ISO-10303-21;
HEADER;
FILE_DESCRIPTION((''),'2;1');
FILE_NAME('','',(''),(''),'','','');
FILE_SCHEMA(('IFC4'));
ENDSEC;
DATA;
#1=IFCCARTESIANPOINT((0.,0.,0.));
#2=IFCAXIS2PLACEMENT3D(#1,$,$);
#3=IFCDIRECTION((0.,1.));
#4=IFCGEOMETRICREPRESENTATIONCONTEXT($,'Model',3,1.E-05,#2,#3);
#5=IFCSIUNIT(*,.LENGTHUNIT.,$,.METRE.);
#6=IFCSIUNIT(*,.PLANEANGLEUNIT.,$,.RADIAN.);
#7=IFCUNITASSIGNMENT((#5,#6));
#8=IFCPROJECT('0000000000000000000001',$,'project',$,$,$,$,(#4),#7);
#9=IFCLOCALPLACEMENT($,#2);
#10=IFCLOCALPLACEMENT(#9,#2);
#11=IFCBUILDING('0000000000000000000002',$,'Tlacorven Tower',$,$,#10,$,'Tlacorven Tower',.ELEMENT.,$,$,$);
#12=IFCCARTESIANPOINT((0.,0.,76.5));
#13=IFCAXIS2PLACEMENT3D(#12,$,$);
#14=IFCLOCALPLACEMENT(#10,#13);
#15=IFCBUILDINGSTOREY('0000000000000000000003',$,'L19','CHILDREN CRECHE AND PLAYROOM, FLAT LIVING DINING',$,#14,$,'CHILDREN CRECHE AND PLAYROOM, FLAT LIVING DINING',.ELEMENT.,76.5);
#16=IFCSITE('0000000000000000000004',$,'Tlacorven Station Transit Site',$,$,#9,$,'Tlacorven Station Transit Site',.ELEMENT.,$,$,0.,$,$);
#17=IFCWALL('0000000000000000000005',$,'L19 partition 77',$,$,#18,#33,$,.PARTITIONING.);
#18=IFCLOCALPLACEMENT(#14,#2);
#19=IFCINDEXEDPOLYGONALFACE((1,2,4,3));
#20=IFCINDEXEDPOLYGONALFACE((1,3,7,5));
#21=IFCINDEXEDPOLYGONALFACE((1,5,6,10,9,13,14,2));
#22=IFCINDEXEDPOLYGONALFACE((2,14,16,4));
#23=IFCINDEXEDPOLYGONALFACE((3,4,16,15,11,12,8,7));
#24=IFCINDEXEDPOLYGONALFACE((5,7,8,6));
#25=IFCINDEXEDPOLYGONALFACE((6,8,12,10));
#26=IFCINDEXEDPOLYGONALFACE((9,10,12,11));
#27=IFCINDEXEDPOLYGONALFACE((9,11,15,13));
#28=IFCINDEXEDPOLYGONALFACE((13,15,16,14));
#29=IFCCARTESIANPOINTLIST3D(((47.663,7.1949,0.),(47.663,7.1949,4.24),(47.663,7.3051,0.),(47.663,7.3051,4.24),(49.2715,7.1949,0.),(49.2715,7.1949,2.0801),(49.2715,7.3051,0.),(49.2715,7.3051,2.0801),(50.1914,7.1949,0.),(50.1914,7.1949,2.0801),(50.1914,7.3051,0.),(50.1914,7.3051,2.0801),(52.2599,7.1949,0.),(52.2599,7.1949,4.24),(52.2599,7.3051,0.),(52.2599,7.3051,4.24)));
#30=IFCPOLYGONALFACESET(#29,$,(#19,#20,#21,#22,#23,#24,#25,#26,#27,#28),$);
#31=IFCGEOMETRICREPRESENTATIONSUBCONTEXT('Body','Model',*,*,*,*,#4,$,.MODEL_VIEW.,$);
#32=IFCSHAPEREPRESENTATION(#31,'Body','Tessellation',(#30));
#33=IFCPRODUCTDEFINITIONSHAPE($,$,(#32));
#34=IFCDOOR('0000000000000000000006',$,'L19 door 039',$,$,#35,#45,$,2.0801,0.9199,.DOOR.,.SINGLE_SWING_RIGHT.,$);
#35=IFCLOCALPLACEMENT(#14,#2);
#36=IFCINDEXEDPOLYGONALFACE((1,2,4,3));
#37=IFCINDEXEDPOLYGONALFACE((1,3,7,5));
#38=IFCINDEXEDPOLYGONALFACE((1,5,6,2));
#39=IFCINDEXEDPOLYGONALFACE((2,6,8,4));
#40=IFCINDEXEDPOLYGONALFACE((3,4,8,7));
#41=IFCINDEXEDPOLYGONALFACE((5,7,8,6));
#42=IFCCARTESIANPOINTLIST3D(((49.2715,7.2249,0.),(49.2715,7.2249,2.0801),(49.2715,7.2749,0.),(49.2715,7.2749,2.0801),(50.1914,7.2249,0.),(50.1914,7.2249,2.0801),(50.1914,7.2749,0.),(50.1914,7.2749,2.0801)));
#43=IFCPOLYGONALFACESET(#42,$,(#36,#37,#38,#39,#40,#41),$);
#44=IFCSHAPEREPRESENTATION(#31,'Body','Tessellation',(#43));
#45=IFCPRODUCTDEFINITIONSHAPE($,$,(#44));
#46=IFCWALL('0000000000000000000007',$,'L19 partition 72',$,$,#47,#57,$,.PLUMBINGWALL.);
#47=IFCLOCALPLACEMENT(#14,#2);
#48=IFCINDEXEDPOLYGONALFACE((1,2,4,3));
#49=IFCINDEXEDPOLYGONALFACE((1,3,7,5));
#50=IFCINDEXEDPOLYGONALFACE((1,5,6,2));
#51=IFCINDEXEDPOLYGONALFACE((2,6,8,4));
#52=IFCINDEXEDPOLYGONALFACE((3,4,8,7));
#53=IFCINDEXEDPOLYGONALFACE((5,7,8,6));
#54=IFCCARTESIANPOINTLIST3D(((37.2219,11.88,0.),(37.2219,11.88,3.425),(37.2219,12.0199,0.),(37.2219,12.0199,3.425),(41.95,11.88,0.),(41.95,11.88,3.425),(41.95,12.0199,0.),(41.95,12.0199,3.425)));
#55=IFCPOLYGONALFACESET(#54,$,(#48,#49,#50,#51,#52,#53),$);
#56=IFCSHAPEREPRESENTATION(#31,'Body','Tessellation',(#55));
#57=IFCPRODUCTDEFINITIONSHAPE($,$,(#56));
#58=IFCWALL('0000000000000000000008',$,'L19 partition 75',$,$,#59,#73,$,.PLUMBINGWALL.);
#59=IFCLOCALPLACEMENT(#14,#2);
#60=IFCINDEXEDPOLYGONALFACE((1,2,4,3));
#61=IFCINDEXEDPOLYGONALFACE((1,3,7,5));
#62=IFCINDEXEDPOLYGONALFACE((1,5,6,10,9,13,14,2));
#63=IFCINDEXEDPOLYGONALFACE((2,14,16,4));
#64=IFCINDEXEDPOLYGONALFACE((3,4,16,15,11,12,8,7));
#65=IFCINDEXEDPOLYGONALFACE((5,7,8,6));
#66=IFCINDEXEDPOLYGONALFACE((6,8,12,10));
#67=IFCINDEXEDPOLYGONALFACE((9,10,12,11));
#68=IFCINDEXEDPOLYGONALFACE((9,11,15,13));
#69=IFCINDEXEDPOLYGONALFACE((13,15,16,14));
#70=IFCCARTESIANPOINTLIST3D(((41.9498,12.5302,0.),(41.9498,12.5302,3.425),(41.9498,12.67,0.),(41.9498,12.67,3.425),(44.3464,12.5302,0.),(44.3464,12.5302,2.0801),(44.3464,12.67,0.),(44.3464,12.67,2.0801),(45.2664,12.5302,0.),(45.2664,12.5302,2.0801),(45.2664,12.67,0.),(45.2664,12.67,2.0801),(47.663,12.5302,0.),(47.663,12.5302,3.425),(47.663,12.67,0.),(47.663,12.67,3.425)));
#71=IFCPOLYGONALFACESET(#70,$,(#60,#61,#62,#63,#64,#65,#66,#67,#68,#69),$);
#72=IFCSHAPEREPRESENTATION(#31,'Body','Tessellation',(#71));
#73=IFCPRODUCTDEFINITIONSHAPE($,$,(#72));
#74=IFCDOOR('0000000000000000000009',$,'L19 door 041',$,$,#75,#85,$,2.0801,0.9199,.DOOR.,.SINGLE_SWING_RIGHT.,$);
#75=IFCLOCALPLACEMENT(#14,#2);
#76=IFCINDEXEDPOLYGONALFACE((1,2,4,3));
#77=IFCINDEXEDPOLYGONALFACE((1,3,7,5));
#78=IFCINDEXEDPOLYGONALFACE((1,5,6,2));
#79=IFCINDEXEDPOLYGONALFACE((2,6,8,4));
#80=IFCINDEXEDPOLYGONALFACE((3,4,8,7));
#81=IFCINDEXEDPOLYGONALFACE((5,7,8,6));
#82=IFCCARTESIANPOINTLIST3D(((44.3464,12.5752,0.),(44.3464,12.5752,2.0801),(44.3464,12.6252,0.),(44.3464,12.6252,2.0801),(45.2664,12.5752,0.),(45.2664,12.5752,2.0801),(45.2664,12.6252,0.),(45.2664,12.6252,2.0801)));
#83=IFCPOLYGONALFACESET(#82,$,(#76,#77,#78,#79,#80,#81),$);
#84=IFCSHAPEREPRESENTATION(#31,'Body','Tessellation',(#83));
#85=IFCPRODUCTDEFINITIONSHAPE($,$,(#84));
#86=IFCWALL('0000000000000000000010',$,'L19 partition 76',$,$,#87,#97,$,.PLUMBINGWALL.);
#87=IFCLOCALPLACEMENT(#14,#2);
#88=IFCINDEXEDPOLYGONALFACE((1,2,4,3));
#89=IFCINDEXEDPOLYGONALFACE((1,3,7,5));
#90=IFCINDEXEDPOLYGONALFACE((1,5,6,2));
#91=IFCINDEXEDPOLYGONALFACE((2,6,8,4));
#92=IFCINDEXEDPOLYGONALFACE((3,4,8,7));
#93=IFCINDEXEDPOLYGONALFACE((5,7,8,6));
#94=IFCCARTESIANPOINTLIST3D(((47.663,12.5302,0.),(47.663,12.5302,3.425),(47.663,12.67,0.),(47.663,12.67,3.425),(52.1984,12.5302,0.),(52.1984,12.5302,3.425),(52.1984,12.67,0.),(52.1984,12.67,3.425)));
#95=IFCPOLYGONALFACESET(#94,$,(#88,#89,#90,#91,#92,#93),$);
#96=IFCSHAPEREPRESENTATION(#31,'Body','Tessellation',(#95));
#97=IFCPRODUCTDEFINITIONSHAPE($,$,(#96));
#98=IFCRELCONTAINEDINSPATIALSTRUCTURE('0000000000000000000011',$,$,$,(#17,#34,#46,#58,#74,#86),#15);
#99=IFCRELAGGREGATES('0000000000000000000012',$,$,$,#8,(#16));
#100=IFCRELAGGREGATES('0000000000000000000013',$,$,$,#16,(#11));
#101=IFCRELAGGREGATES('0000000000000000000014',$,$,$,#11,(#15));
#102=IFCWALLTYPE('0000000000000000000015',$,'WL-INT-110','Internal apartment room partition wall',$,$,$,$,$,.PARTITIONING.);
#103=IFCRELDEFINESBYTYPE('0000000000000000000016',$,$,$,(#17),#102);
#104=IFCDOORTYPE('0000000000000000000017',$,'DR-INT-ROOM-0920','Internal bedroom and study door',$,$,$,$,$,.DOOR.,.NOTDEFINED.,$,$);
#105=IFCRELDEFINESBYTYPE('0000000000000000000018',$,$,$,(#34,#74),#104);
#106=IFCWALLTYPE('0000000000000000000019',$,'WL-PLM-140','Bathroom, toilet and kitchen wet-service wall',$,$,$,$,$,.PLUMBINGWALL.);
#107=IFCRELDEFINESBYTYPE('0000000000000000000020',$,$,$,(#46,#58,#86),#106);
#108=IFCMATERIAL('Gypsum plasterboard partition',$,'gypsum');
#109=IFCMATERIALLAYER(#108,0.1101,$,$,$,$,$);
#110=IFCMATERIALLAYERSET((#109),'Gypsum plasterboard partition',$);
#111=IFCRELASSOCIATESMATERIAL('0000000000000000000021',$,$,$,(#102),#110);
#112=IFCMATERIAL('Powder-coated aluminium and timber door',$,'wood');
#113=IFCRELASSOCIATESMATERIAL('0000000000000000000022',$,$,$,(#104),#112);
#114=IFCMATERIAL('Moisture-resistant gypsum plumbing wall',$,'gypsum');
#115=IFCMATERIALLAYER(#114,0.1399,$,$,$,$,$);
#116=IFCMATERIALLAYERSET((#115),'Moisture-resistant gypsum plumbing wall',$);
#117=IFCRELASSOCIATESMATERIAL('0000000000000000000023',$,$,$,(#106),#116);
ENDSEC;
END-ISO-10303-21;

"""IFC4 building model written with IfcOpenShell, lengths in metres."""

from ifc_helpers import new_model, si_unit, direction, frame, frame_2d, origin, place, context, subcontext, project, spatial, rectangle, extrude, source, transform, mapped, material, layer, layer_set, type_object, element, fill, save


model = new_model("IFC4")

# Units and contexts
model_context = context("Model", 3, precision=1e-05, world=origin(), true_north=direction((0.0, 1.0)))
body_context = subcontext(model_context, "Body", "Model", "MODEL_VIEW")
ifc_project = project(units=[si_unit("LENGTHUNIT", "METRE"), si_unit("PLANEANGLEUNIT", "RADIAN")], contexts=[model_context])

# Site, building, storey
site_placement = place(None, origin())
site = spatial("IfcSite", under=ifc_project, at=site_placement, Name="Tlacorven Station Transit Site", LongName="Tlacorven Station Transit Site", CompositionType="ELEMENT", RefElevation=0.0)
building_placement = place(site_placement, origin())
building = spatial("IfcBuilding", under=site, at=building_placement, Name="Tlacorven Tower", LongName="Tlacorven Tower", CompositionType="ELEMENT")
storey_placement = place(building_placement, frame((0.0, 0.0, 76.5)))
storey = spatial("IfcBuildingStorey", under=building, at=storey_placement, Name="L19", Description="CHILDREN CRECHE AND PLAYROOM, FLAT LIVING DINING", LongName="CHILDREN CRECHE AND PLAYROOM, FLAT LIVING DINING", CompositionType="ELEMENT", Elevation=76.5)

# Wall, opening, door
ifc_material_1 = material(Name="Gypsum plasterboard partition", Category="gypsum")
ifc_layer_1 = layer(ifc_material_1, 0.1101)
ifc_layer_set_1 = layer_set([ifc_layer_1], Name="Gypsum plasterboard partition")
wall_type_1 = type_object("IfcWallType", Name="WL-INT-110", Description="Internal apartment room partition wall", PredefinedType="PARTITIONING", material=ifc_layer_set_1)
ifc_material_2 = material(Name="Powder-coated aluminium and timber door", Category="wood")
door_type_1 = type_object("IfcDoorType", Name="DR-INT-ROOM-0920", Description="Internal bedroom and study door", OperationType="NOTDEFINED", PredefinedType="DOOR", material=ifc_material_2)
shared_shape_1 = source(origin(), body_context, "Body", "SweptSolid", [
    extrude(rectangle(XDim=0.9199, YDim=2.0801, at=frame_2d((0.46, 1.04))), frame((0.0, 0.0249, 0.0), z_axis=(0.0, -1.0, 0.0), x_axis=(1.0, 0.0, 0.0)), (0.0, 0.0, 1.0), 0.05),
])
wall_1_placement = place(storey_placement, frame((47.6631, 7.25, 0.0), z_axis=(0.0, 0.0, 1.0), x_axis=(1.0, 0.0, 0.0)))
wall_1 = element("IfcWall", 1, at=wall_1_placement, inside=storey, type_object=wall_type_1, Name="L19 partition 77", PredefinedType="PARTITIONING", context=body_context, shape_type="SweptSolid", body=[
    extrude(rectangle(XDim=4.5969, YDim=0.1101, at=frame_2d((2.2983, 0.0))), origin(), (0.0, 0.0, 1.0), 4.24),
])
opening_1_placement = place(wall_1_placement, frame((1.6084, 0.0, 0.0)))
opening_1 = element("IfcOpeningElement", 2, at=opening_1_placement, cuts=wall_1, PredefinedType="OPENING", context=body_context, shape_type="SweptSolid", body=[
    extrude(rectangle(XDim=0.9199, YDim=2.0801, at=frame_2d((0.46, 1.04))), frame((0.0, 0.0649, 0.0), z_axis=(0.0, -1.0, 0.0), x_axis=(1.0, 0.0, 0.0)), (0.0, 0.0, 1.0), 0.1301),
])
door_1_placement = place(opening_1_placement, origin())
door_1 = element("IfcDoor", 3, at=door_1_placement, inside=storey, type_object=door_type_1, Name="L19 door 039", OperationType="SINGLE_SWING_RIGHT", OverallHeight=2.0801, OverallWidth=0.9199, PredefinedType="DOOR", context=body_context, shape_type="MappedRepresentation", body=[
    mapped(shared_shape_1, transform((0.0, 0.0, 0.0), scale=1.0)),
])
fill(opening_1, door_1)

# Wall
ifc_material_3 = material(Name="Moisture-resistant gypsum plumbing wall", Category="gypsum")
ifc_layer_2 = layer(ifc_material_3, 0.1399)
ifc_layer_set_2 = layer_set([ifc_layer_2], Name="Moisture-resistant gypsum plumbing wall")
wall_type_2 = type_object("IfcWallType", Name="WL-PLM-140", Description="Bathroom, toilet and kitchen wet-service wall", PredefinedType="PLUMBINGWALL", material=ifc_layer_set_2)
wall_2_placement = place(storey_placement, frame((37.2219, 11.95, 0.0), z_axis=(0.0, 0.0, 1.0), x_axis=(1.0, 0.0, 0.0)))
element("IfcWall", 4, at=wall_2_placement, inside=storey, type_object=wall_type_2, Name="L19 partition 72", PredefinedType="PLUMBINGWALL", context=body_context, shape_type="SweptSolid", body=[
    extrude(rectangle(XDim=4.728, YDim=0.1399, at=frame_2d((2.364, 0.0))), origin(), (0.0, 0.0, 1.0), 3.425),
])

# Wall, opening, door
wall_3_placement = place(storey_placement, frame((41.95, 12.6001, 0.0), z_axis=(0.0, 0.0, 1.0), x_axis=(1.0, 0.0, 0.0)))
wall_3 = element("IfcWall", 5, at=wall_3_placement, inside=storey, type_object=wall_type_2, Name="L19 partition 75", PredefinedType="PLUMBINGWALL", context=body_context, shape_type="SweptSolid", body=[
    extrude(rectangle(XDim=5.7131, YDim=0.1399, at=frame_2d((2.8564, 0.0))), origin(), (0.0, 0.0, 1.0), 3.425),
])
opening_2_placement = place(wall_3_placement, frame((2.3965, 0.0, 0.0)))
opening_2 = element("IfcOpeningElement", 6, at=opening_2_placement, cuts=wall_3, PredefinedType="OPENING", context=body_context, shape_type="SweptSolid", body=[
    extrude(rectangle(XDim=0.9199, YDim=2.0801, at=frame_2d((0.46, 1.04))), frame((0.0, 0.0801, 0.0), z_axis=(0.0, -1.0, 0.0), x_axis=(1.0, 0.0, 0.0)), (0.0, 0.0, 1.0), 0.1599),
])
door_2_placement = place(opening_2_placement, frame((0.9199, 0.0, 0.0), z_axis=(0.0, 0.0, 1.0), x_axis=(-1.0, 0.0, 0.0)))
door_2 = element("IfcDoor", 7, at=door_2_placement, inside=storey, type_object=door_type_1, Name="L19 door 041", OperationType="SINGLE_SWING_RIGHT", OverallHeight=2.0801, OverallWidth=0.9199, PredefinedType="DOOR", context=body_context, shape_type="MappedRepresentation", body=[
    mapped(shared_shape_1, transform((0.0, 0.0, 0.0), scale=1.0)),
])
fill(opening_2, door_2)

# Wall
wall_4_placement = place(storey_placement, frame((47.6631, 12.6001, 0.0), z_axis=(0.0, 0.0, 1.0), x_axis=(1.0, 0.0, 0.0)))
element("IfcWall", 8, at=wall_4_placement, inside=storey, type_object=wall_type_2, Name="L19 partition 76", PredefinedType="PLUMBINGWALL", context=body_context, shape_type="SweptSolid", body=[
    extrude(rectangle(XDim=4.5354, YDim=0.1399, at=frame_2d((2.2676, 0.0))), origin(), (0.0, 0.0, 1.0), 3.425),
])

save(model, "model.ifc")
